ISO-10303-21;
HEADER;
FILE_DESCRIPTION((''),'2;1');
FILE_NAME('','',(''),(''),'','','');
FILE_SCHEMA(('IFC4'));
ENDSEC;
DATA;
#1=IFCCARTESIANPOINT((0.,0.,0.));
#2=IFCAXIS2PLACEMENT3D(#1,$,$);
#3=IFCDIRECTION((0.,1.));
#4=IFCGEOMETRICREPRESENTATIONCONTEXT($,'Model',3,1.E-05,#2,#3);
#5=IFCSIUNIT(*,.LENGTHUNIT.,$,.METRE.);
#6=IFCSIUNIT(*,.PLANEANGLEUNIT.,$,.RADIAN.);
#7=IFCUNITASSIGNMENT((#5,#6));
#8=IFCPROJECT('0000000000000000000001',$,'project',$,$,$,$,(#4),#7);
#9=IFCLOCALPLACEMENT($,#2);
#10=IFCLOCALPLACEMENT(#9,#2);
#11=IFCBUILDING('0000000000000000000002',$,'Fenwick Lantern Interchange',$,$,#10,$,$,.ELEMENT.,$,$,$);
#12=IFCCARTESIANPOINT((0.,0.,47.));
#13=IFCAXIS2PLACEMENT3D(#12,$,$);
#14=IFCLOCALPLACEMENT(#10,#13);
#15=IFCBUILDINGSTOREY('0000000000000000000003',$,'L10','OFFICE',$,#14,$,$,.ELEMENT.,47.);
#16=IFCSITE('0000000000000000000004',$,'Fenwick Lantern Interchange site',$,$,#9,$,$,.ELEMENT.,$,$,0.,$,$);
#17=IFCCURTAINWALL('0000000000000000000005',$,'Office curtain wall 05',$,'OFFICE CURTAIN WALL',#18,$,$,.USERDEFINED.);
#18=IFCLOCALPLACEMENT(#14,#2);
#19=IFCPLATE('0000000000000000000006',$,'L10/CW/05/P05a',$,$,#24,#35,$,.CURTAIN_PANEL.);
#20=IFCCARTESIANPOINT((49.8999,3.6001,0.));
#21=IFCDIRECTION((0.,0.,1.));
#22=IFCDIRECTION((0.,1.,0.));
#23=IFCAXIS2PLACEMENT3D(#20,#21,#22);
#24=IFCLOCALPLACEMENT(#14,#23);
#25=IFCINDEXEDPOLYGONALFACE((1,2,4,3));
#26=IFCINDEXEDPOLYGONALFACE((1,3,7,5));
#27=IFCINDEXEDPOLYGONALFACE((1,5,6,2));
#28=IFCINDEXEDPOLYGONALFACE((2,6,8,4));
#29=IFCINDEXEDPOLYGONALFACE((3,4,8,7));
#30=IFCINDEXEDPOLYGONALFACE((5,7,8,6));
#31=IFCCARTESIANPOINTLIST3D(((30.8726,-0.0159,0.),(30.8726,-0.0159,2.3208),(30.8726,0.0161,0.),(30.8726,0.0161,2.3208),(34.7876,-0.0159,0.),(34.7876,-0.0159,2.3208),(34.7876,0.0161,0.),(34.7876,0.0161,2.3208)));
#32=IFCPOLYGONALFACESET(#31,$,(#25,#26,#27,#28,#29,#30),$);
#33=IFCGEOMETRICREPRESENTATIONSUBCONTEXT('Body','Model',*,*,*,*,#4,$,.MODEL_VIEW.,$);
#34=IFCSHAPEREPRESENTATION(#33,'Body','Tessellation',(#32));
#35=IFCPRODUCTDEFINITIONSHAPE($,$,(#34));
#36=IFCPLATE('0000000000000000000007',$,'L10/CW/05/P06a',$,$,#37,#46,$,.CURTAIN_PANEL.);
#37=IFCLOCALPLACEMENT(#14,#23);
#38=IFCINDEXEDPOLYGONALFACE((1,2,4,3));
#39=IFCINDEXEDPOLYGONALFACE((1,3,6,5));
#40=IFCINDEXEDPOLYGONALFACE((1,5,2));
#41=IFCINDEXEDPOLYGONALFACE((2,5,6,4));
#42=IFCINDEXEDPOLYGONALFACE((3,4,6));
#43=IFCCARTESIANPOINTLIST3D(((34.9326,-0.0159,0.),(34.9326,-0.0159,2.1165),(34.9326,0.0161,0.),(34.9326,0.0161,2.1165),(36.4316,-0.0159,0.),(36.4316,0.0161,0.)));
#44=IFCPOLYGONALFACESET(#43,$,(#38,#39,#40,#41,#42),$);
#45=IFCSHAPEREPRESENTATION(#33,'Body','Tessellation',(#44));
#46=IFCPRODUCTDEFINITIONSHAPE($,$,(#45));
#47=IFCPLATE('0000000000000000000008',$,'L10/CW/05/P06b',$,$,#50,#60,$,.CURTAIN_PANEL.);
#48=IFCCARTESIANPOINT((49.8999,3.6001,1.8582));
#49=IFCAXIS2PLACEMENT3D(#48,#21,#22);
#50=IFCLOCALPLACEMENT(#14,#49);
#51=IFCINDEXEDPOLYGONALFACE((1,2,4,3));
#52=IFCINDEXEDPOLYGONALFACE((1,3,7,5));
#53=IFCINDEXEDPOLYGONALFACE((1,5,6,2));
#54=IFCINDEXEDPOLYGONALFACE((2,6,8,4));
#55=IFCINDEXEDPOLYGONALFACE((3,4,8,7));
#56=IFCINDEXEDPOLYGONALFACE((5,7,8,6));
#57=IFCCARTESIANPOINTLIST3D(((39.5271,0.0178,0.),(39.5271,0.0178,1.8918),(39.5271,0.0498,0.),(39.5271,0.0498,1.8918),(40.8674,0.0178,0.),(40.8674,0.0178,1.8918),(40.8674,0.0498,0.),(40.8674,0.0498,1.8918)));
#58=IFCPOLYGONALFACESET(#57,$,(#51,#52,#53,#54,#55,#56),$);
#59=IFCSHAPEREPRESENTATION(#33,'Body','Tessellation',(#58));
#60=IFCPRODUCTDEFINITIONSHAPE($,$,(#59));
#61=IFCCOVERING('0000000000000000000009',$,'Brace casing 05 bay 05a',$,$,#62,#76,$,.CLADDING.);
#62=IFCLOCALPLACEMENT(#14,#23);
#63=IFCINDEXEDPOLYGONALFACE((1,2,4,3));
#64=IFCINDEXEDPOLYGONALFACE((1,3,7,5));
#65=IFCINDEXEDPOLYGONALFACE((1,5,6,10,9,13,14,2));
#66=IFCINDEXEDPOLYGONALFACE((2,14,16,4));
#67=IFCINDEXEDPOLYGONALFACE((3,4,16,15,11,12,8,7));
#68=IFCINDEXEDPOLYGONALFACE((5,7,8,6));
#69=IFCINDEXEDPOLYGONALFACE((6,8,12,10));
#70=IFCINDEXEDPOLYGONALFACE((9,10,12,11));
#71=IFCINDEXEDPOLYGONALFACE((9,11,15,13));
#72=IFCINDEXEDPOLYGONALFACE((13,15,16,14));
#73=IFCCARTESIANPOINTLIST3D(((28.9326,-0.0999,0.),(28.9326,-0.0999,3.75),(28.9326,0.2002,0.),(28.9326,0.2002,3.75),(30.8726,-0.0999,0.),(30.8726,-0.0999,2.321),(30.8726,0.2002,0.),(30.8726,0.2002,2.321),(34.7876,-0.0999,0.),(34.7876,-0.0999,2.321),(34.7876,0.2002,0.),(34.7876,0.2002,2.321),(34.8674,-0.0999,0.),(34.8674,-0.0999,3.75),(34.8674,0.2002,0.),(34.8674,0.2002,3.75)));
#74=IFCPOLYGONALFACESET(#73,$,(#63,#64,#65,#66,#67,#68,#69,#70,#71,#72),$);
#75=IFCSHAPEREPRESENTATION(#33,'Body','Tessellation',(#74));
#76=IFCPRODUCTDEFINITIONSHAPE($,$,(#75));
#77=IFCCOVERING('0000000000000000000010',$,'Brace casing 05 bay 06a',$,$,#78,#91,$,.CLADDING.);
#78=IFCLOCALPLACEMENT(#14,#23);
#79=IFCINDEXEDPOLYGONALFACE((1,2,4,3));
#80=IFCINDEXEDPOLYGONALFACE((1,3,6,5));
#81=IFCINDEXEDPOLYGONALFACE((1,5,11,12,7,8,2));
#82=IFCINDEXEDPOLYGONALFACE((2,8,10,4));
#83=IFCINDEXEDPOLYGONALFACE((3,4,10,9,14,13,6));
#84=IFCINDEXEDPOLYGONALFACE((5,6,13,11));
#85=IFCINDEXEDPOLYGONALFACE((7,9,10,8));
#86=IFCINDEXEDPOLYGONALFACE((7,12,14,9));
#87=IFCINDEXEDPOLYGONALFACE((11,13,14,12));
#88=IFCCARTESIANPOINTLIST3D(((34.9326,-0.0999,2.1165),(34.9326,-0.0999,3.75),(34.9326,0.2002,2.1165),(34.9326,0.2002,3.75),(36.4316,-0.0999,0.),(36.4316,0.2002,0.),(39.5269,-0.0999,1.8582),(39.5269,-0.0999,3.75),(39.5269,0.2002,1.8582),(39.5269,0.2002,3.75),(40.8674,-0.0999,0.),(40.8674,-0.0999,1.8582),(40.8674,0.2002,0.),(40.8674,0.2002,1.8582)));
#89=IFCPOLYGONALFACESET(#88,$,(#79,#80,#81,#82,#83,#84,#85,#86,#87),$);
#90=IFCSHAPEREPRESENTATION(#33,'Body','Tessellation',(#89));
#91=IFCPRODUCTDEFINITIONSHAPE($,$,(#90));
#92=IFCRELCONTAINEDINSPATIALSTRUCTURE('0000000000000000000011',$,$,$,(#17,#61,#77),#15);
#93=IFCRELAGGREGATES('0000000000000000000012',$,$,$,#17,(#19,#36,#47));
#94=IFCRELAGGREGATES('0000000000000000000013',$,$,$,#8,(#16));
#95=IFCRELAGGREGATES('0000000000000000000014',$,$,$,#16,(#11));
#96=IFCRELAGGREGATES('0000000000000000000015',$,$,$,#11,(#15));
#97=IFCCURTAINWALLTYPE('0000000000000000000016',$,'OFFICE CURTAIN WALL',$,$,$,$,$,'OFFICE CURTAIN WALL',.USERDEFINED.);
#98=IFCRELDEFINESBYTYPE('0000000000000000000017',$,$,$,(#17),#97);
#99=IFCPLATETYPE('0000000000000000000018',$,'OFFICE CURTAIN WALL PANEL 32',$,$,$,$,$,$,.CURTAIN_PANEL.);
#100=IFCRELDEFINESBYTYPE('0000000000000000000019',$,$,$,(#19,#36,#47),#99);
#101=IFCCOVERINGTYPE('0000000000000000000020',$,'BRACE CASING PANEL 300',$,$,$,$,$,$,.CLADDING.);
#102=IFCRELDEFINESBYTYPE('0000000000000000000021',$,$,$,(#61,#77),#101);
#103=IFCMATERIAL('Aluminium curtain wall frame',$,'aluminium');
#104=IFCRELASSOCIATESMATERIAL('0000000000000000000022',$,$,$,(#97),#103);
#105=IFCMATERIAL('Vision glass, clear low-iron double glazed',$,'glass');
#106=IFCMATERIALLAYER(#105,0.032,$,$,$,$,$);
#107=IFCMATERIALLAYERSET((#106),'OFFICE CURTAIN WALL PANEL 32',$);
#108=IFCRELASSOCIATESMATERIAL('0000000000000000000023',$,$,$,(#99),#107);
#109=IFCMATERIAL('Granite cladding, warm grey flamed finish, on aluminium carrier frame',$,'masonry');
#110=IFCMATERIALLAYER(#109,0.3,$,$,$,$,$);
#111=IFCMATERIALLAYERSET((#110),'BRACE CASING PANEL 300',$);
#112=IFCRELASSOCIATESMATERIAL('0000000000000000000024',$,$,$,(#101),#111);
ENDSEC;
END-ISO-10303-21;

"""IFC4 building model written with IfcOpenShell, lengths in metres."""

from ifc_helpers import new_model, si_unit, direction, frame, origin, place, context, subcontext, project, spatial, polyline, outline, extrude, material, layer, layer_set, type_object, element, aggregate, save


model = new_model("IFC4")

# Units and contexts
model_context = context("Model", 3, precision=1e-05, world=origin(), true_north=direction((0.0, 1.0)))
body_context = subcontext(model_context, "Body", "Model", "MODEL_VIEW")
ifc_project = project(units=[si_unit("LENGTHUNIT", "METRE"), si_unit("PLANEANGLEUNIT", "RADIAN")], contexts=[model_context])

# Site, building, storey
site_placement = place(None, origin())
site = spatial("IfcSite", under=ifc_project, at=site_placement, Name="Fenwick Lantern Interchange site", CompositionType="ELEMENT", RefElevation=0.0)
building_placement = place(site_placement, origin())
building = spatial("IfcBuilding", under=site, at=building_placement, Name="Fenwick Lantern Interchange", CompositionType="ELEMENT")
storey_placement = place(building_placement, frame((0.0, 0.0, 47.0)))
storey = spatial("IfcBuildingStorey", under=building, at=storey_placement, Name="L10", Description="OFFICE", CompositionType="ELEMENT", Elevation=47.0)

# Curtain wall, plates
ifc_material_1 = material(Name="Aluminium curtain wall frame", Category="aluminium")
curtain_wall_type = type_object("IfcCurtainWallType", Name="OFFICE CURTAIN WALL", ElementType="OFFICE CURTAIN WALL", PredefinedType="USERDEFINED", material=ifc_material_1)
curtain_wall_placement = place(storey_placement, origin())
curtain_wall = element("IfcCurtainWall", 1, at=curtain_wall_placement, inside=storey, type_object=curtain_wall_type, Name="Office curtain wall 05", ObjectType="OFFICE CURTAIN WALL", PredefinedType="USERDEFINED")
ifc_material_2 = material(Name="Vision glass, clear low-iron double glazed", Category="glass")
ifc_layer_1 = layer(ifc_material_2, 0.032)
ifc_layer_set_1 = layer_set([ifc_layer_1], Name="OFFICE CURTAIN WALL PANEL 32")
plate_type = type_object("IfcPlateType", Name="OFFICE CURTAIN WALL PANEL 32", PredefinedType="CURTAIN_PANEL", material=ifc_layer_set_1)
plate_1_placement = place(storey_placement, frame((49.8999, 3.6001, 0.0), z_axis=(0.0, 0.0, 1.0), x_axis=(0.0, 1.0, 0.0)))
plate_1 = element("IfcPlate", 2, at=plate_1_placement, type_object=plate_type, Name="L10/CW/05/P05a", PredefinedType="CURTAIN_PANEL", context=body_context, shape_type="SweptSolid", body=[
    extrude(outline(polyline([(30.8726, 0.0), (34.7876, 0.0), (34.7876, 2.3208), (30.8726, 2.3208), (30.8726, 0.0)])), frame((0.0, 0.0161, 0.0), z_axis=(0.0, -1.0, 0.0), x_axis=(1.0, 0.0, 0.0)), (0.0, 0.0, 1.0), 0.032),
])
plate_2_placement = place(storey_placement, frame((49.8999, 3.6001, 0.0), z_axis=(0.0, 0.0, 1.0), x_axis=(0.0, 1.0, 0.0)))
plate_2 = element("IfcPlate", 3, at=plate_2_placement, type_object=plate_type, Name="L10/CW/05/P06a", PredefinedType="CURTAIN_PANEL", context=body_context, shape_type="SweptSolid", body=[
    extrude(outline(polyline([(34.9326, 0.0), (36.4316, 0.0), (34.9326, 2.1165), (34.9326, 0.0)])), frame((0.0, 0.0161, 0.0), z_axis=(0.0, -1.0, 0.0), x_axis=(1.0, 0.0, 0.0)), (0.0, 0.0, 1.0), 0.032),
])
plate_3_placement = place(storey_placement, frame((49.8999, 3.6001, 1.8582), z_axis=(0.0, 0.0, 1.0), x_axis=(0.0, 1.0, 0.0)))
plate_3 = element("IfcPlate", 4, at=plate_3_placement, type_object=plate_type, Name="L10/CW/05/P06b", PredefinedType="CURTAIN_PANEL", context=body_context, shape_type="SweptSolid", body=[
    extrude(outline(polyline([(39.5271, 0.0), (40.8674, 0.0), (40.8674, 1.8918), (39.5271, 1.8918), (39.5271, 0.0)])), frame((0.0, 0.0498, 0.0), z_axis=(0.0, -1.0, 0.0), x_axis=(1.0, 0.0, 0.0)), (0.0, 0.0, 1.0), 0.032),
])
aggregate(curtain_wall, [plate_1, plate_2, plate_3])

# Coverings
ifc_material_3 = material(Name="Granite cladding, warm grey flamed finish, on aluminium carrier frame", Category="masonry")
ifc_layer_2 = layer(ifc_material_3, 0.3)
ifc_layer_set_2 = layer_set([ifc_layer_2], Name="BRACE CASING PANEL 300")
covering_type = type_object("IfcCoveringType", Name="BRACE CASING PANEL 300", PredefinedType="CLADDING", material=ifc_layer_set_2)
covering_1_placement = place(storey_placement, frame((49.8999, 3.6001, 0.0), z_axis=(0.0, 0.0, 1.0), x_axis=(0.0, 1.0, 0.0)))
element("IfcCovering", 5, at=covering_1_placement, inside=storey, type_object=covering_type, Name="Brace casing 05 bay 05a", PredefinedType="CLADDING", context=body_context, shape_type="SweptSolid", body=[
    extrude(outline(polyline([(28.9326, 0.0), (30.8726, 0.0), (30.8726, 2.321), (34.7876, 2.321), (34.7876, 0.0), (34.8674, 0.0), (34.8674, 3.75), (28.9326, 3.75), (28.9326, 0.0)])), frame((0.0, 0.2002, 0.0), z_axis=(0.0, -1.0, 0.0), x_axis=(1.0, 0.0, 0.0)), (0.0, 0.0, 1.0), 0.3),
])
covering_2_placement = place(storey_placement, frame((49.8999, 3.6001, 0.0), z_axis=(0.0, 0.0, 1.0), x_axis=(0.0, 1.0, 0.0)))
element("IfcCovering", 6, at=covering_2_placement, inside=storey, type_object=covering_type, Name="Brace casing 05 bay 06a", PredefinedType="CLADDING", context=body_context, shape_type="SweptSolid", body=[
    extrude(outline(polyline([(36.4316, 0.0), (40.8674, 0.0), (40.8674, 1.8582), (39.5269, 1.8582), (39.5269, 3.75), (34.9326, 3.75), (34.9326, 2.1165), (36.4316, 0.0)])), frame((0.0, 0.2002, 0.0), z_axis=(0.0, -1.0, 0.0), x_axis=(1.0, 0.0, 0.0)), (0.0, 0.0, 1.0), 0.3),
])

save(model, "model.ifc")
